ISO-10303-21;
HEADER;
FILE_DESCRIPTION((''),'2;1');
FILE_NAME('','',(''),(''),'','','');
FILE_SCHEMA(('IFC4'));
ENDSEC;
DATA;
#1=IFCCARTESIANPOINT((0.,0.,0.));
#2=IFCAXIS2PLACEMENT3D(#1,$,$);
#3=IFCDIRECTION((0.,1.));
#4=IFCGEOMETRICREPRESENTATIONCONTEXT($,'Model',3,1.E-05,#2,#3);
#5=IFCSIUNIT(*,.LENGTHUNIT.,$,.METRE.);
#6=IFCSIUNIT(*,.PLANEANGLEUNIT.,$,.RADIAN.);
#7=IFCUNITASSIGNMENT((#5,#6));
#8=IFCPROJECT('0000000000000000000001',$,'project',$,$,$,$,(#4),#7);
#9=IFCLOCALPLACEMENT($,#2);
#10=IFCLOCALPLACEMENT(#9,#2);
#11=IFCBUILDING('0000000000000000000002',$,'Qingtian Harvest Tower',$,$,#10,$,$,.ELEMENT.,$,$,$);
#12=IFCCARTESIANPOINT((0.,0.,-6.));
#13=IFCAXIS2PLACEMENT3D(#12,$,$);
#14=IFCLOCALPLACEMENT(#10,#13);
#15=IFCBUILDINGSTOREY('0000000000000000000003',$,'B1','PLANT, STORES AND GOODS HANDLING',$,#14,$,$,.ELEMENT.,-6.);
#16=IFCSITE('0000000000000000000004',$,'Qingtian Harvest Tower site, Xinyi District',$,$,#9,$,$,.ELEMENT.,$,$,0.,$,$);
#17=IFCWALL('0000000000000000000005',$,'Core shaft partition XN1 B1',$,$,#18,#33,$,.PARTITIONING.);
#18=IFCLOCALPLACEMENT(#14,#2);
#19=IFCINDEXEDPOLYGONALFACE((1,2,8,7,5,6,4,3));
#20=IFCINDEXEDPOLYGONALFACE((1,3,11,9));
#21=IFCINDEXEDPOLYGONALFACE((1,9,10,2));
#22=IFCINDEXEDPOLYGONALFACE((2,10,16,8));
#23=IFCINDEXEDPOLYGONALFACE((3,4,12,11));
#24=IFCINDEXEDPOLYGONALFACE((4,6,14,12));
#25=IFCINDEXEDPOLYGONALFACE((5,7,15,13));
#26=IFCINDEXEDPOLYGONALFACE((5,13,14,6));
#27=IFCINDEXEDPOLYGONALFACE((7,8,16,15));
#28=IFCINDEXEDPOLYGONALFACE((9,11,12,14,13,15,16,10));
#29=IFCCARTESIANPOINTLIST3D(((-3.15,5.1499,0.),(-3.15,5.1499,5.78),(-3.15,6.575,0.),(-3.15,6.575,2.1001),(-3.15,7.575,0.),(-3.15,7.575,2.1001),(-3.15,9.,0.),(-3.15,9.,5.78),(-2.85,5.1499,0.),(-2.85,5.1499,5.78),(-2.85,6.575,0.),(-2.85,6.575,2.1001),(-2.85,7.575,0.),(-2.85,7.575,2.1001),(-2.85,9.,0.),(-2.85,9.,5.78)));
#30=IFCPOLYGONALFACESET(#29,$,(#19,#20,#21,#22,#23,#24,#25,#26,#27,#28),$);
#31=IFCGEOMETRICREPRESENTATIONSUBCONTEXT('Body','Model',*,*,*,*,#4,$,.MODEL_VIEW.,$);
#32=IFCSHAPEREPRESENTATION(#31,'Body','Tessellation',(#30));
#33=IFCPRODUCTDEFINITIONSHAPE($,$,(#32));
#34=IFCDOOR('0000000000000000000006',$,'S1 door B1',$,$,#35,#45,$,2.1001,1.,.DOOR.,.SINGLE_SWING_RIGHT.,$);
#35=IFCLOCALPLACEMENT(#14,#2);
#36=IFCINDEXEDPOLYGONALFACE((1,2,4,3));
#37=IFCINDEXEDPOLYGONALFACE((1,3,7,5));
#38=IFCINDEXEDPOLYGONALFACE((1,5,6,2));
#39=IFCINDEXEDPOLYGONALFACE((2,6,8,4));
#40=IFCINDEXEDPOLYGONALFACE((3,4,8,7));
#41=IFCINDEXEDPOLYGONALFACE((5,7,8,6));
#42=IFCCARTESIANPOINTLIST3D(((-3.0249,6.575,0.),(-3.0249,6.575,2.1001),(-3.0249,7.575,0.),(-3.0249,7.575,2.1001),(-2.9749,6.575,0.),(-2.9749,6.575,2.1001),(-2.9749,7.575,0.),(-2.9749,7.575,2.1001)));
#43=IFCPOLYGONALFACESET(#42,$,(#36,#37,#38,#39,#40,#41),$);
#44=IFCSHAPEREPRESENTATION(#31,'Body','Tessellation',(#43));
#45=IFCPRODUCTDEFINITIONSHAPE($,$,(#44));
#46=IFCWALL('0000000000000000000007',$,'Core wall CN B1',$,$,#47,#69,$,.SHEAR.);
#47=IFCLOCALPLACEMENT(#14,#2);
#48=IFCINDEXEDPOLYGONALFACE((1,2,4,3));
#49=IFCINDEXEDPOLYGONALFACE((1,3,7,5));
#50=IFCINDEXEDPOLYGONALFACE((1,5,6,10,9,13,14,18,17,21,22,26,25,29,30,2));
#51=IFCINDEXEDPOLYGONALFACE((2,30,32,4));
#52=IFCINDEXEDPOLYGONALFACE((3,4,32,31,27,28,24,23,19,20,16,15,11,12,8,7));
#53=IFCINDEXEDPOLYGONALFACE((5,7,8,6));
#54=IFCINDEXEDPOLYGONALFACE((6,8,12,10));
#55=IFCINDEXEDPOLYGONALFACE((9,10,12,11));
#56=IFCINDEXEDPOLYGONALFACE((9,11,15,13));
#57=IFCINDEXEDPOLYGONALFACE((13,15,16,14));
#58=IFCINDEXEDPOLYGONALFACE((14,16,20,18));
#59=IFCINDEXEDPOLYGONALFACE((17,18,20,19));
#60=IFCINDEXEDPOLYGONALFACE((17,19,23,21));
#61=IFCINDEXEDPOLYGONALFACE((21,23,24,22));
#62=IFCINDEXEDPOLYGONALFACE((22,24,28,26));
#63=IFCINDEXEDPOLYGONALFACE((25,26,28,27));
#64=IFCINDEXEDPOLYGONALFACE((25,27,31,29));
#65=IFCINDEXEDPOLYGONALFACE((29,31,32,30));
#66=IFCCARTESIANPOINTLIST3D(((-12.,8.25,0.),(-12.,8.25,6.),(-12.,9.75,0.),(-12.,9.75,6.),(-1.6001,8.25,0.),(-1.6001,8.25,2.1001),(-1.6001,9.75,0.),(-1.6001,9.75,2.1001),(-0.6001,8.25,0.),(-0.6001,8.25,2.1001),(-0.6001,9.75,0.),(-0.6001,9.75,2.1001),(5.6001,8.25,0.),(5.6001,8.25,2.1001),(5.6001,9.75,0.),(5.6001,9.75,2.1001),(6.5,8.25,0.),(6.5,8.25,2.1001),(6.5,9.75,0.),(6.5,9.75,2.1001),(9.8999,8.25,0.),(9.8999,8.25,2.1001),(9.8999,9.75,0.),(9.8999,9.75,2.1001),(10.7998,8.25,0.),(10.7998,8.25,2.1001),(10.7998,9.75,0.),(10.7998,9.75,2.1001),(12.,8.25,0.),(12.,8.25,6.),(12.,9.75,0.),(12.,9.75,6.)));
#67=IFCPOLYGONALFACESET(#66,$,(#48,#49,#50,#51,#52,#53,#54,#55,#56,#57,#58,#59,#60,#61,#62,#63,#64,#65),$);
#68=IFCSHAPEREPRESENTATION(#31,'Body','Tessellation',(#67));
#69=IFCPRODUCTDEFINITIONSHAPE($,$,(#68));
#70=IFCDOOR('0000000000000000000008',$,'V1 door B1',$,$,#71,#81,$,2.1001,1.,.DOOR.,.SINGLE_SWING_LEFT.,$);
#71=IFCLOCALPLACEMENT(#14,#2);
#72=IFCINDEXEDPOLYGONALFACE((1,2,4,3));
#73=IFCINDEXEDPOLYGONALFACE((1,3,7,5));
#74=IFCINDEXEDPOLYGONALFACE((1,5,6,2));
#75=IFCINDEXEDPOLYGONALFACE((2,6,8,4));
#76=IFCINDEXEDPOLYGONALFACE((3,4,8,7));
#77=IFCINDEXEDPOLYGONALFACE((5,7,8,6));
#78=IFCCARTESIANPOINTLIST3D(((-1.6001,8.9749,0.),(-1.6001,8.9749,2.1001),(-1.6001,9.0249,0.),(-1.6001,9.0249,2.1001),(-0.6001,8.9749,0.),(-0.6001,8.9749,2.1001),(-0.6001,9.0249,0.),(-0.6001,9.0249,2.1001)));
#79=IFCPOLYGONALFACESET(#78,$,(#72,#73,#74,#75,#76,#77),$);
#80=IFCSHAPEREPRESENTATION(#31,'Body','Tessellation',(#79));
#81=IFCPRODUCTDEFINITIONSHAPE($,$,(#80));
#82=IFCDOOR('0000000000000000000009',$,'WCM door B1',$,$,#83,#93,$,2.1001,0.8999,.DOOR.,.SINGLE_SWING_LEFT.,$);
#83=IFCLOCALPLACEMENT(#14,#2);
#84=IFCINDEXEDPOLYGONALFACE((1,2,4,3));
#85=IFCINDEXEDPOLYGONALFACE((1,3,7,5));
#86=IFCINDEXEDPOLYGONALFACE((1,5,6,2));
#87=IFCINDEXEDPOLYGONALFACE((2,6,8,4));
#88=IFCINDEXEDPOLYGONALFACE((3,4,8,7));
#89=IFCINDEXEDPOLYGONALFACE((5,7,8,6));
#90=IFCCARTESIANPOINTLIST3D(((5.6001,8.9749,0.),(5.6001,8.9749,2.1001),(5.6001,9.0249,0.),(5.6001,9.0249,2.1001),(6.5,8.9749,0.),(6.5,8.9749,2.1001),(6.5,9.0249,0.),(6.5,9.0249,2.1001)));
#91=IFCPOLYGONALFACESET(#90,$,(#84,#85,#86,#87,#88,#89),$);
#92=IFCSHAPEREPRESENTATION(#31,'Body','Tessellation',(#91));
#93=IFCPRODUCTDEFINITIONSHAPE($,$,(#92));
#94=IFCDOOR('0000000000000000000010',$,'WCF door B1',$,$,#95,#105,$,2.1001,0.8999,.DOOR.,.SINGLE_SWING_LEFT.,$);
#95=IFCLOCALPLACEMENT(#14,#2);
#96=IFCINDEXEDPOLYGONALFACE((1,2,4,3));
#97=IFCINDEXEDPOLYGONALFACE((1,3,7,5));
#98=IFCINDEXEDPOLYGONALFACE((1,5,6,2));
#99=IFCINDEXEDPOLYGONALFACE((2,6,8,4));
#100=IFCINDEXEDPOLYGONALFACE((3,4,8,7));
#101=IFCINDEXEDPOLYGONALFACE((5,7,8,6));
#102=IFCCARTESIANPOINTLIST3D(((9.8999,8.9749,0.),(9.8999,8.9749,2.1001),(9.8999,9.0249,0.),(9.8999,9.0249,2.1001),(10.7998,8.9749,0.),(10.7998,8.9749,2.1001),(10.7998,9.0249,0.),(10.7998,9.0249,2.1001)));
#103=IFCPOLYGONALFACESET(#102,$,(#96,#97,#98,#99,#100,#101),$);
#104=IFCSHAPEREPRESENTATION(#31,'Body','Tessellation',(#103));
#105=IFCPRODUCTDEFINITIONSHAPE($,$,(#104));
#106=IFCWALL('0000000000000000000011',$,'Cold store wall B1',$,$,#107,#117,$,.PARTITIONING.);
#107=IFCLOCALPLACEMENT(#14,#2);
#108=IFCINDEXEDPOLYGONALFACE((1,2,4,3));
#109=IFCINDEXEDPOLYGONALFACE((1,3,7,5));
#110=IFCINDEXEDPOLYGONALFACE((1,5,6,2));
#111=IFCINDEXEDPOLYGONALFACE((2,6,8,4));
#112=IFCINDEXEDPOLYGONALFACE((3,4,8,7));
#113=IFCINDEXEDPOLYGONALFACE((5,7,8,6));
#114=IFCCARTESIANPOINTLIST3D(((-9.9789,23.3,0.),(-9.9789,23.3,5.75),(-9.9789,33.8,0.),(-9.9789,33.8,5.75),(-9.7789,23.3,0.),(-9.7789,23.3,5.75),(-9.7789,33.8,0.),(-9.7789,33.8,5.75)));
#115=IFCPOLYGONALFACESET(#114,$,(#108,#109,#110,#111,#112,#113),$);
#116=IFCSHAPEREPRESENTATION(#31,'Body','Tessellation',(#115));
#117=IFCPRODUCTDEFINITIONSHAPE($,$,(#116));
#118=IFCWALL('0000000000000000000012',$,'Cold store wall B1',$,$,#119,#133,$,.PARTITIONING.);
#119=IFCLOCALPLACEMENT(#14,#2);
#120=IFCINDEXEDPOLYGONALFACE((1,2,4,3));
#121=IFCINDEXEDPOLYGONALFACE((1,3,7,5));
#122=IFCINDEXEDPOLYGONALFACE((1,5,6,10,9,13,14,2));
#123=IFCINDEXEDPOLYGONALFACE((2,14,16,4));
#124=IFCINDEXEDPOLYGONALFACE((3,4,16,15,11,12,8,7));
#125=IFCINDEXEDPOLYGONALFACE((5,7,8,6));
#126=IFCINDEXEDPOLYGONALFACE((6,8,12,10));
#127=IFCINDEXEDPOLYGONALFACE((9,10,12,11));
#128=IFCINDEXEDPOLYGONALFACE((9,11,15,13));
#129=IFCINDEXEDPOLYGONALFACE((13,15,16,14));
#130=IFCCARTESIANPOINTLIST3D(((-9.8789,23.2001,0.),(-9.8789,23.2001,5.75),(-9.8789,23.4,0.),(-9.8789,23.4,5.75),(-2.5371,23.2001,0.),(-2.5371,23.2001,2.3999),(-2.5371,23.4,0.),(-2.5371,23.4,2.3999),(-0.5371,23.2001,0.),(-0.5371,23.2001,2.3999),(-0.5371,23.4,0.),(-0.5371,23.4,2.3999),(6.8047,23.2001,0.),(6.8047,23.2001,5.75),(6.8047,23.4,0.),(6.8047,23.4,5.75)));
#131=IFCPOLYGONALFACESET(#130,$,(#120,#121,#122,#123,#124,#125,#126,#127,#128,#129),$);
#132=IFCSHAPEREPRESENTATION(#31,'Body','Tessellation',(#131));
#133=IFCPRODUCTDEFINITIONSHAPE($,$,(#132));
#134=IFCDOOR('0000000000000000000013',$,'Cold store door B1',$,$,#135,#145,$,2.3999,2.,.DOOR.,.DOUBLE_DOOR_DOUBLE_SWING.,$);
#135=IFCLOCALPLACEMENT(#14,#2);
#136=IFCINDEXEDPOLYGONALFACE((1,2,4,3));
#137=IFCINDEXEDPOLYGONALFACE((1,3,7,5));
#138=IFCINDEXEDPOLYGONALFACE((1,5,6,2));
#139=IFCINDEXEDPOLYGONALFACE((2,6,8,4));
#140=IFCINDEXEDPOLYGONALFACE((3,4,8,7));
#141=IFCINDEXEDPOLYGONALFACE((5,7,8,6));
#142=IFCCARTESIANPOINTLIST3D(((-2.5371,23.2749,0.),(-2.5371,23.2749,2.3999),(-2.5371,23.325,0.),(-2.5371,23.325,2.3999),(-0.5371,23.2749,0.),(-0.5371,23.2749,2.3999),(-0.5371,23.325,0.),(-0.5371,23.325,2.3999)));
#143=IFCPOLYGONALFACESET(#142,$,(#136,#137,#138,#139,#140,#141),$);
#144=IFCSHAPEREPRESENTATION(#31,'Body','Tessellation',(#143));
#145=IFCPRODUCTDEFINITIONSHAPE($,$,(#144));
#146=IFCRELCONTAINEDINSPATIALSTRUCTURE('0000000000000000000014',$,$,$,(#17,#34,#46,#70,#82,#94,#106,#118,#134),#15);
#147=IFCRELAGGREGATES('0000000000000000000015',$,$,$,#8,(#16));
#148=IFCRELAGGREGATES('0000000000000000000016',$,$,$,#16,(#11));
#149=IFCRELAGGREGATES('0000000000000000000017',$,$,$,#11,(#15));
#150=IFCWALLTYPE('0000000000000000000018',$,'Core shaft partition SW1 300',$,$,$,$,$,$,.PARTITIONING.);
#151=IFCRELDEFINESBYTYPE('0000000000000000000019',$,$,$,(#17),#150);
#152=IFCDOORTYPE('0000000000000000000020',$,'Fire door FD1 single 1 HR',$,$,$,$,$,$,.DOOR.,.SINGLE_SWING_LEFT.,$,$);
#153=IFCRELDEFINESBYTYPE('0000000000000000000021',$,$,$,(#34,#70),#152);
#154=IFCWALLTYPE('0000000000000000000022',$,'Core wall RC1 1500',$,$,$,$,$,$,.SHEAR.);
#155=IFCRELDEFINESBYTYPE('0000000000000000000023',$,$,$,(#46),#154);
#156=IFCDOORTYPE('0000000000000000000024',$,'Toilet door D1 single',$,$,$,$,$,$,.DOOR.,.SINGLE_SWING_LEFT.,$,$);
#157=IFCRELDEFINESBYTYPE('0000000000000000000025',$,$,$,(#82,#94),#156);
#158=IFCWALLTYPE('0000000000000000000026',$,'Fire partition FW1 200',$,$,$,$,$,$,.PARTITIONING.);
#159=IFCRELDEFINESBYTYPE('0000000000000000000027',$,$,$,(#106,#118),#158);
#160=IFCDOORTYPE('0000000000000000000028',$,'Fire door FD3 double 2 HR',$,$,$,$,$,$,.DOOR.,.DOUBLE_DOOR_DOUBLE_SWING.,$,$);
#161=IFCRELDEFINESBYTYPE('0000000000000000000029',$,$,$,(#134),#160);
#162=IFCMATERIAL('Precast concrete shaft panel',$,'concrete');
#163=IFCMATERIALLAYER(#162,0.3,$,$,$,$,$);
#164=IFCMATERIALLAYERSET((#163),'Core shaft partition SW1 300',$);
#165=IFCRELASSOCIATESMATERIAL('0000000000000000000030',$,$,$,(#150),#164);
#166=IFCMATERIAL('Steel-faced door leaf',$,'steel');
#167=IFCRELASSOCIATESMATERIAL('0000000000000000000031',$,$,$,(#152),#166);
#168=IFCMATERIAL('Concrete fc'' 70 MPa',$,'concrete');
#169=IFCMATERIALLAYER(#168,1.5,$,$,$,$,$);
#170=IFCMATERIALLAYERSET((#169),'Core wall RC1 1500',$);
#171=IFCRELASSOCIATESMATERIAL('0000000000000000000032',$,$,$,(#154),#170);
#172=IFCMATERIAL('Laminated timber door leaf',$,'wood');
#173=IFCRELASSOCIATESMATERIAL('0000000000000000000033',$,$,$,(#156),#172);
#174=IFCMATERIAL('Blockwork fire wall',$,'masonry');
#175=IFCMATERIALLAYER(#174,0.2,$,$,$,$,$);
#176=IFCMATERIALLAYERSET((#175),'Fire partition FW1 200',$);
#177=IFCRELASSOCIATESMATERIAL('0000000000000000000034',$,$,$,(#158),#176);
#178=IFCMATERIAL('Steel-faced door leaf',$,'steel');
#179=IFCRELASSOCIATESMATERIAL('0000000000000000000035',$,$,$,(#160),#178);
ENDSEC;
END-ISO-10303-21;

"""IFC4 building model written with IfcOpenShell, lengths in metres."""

from ifc_helpers import new_model, si_unit, direction, frame, frame_2d, origin, place, context, subcontext, project, spatial, rectangle, extrude, material, layer, layer_set, type_object, element, fill, save


model = new_model("IFC4")

# Units and contexts
model_context = context("Model", 3, precision=1e-05, world=origin(), true_north=direction((0.0, 1.0)))
body_context = subcontext(model_context, "Body", "Model", "MODEL_VIEW")
ifc_project = project(units=[si_unit("LENGTHUNIT", "METRE"), si_unit("PLANEANGLEUNIT", "RADIAN")], contexts=[model_context])

# Site, building, storey
site_placement = place(None, origin())
site = spatial("IfcSite", under=ifc_project, at=site_placement, Name="Qingtian Harvest Tower site, Xinyi District", CompositionType="ELEMENT", RefElevation=0.0)
building_placement = place(site_placement, origin())
building = spatial("IfcBuilding", under=site, at=building_placement, Name="Qingtian Harvest Tower", CompositionType="ELEMENT")
storey_placement = place(building_placement, frame((0.0, 0.0, -6.0)))
storey = spatial("IfcBuildingStorey", under=building, at=storey_placement, Name="B1", Description="PLANT, STORES AND GOODS HANDLING", CompositionType="ELEMENT", Elevation=-6.0)

# Wall, opening, door
ifc_material_1 = material(Name="Precast concrete shaft panel", Category="concrete")
ifc_layer_1 = layer(ifc_material_1, 0.3)
ifc_layer_set_1 = layer_set([ifc_layer_1], Name="Core shaft partition SW1 300")
wall_type_1 = type_object("IfcWallType", Name="Core shaft partition SW1 300", PredefinedType="PARTITIONING", material=ifc_layer_set_1)
wall_1_placement = place(storey_placement, frame((-3.0, 5.1499, 0.0), z_axis=(0.0, 0.0, 1.0), x_axis=(0.0, 1.0, 0.0)))
wall_1 = element("IfcWall", 1, at=wall_1_placement, inside=storey, type_object=wall_type_1, Name="Core shaft partition XN1 B1", PredefinedType="PARTITIONING", context=body_context, shape_type="SweptSolid", body=[
    extrude(rectangle(XDim=3.8501, YDim=0.3, at=frame_2d((1.925, 0.0))), origin(), (0.0, 0.0, 1.0), 5.78),
])
opening_1_placement = place(wall_1_placement, frame((1.425, 0.0, 0.0)))
opening_1 = element("IfcOpeningElement", 2, at=opening_1_placement, cuts=wall_1, PredefinedType="OPENING", context=body_context, shape_type="SweptSolid", body=[
    extrude(rectangle(XDim=1.0, YDim=2.1001, at=frame_2d((0.5, 1.05))), frame((0.0, 0.1599, 0.0), z_axis=(0.0, -1.0, 0.0), x_axis=(1.0, 0.0, 0.0)), (0.0, 0.0, 1.0), 0.3201),
])
ifc_material_2 = material(Name="Steel-faced door leaf", Category="steel")
door_type_1 = type_object("IfcDoorType", Name="Fire door FD1 single 1 HR", OperationType="SINGLE_SWING_LEFT", PredefinedType="DOOR", material=ifc_material_2)
door_1_placement = place(opening_1_placement, origin())
door_1 = element("IfcDoor", 3, at=door_1_placement, inside=storey, type_object=door_type_1, Name="S1 door B1", OperationType="SINGLE_SWING_RIGHT", OverallHeight=2.1001, OverallWidth=1.0, PredefinedType="DOOR", context=body_context, shape_type="SweptSolid", body=[
    extrude(rectangle(XDim=1.0, YDim=2.1001, at=frame_2d((0.5, 1.05))), frame((0.0, 0.0249, 0.0), z_axis=(0.0, -1.0, 0.0), x_axis=(1.0, 0.0, 0.0)), (0.0, 0.0, 1.0), 0.05),
])
fill(opening_1, door_1)

# Wall, openings, doors
ifc_material_3 = material(Name="Concrete fc' 70 MPa", Category="concrete")
ifc_layer_2 = layer(ifc_material_3, 1.5)
ifc_layer_set_2 = layer_set([ifc_layer_2], Name="Core wall RC1 1500")
wall_type_2 = type_object("IfcWallType", Name="Core wall RC1 1500", PredefinedType="SHEAR", material=ifc_layer_set_2)
wall_2_placement = place(storey_placement, frame((-12.0, 9.0, 0.0), z_axis=(0.0, 0.0, 1.0), x_axis=(1.0, 0.0, 0.0)))
wall_2 = element("IfcWall", 4, at=wall_2_placement, inside=storey, type_object=wall_type_2, Name="Core wall CN B1", PredefinedType="SHEAR", context=body_context, shape_type="SweptSolid", body=[
    extrude(rectangle(XDim=24.0, YDim=1.5, at=frame_2d((12.0, 0.0))), origin(), (0.0, 0.0, 1.0), 6.0),
])
opening_2_placement = place(wall_2_placement, frame((10.3999, 0.0, 0.0)))
opening_2 = element("IfcOpeningElement", 5, at=opening_2_placement, cuts=wall_2, PredefinedType="OPENING", context=body_context, shape_type="SweptSolid", body=[
    extrude(rectangle(XDim=1.0, YDim=2.1001, at=frame_2d((0.5, 1.05))), frame((0.0, 0.76, 0.0), z_axis=(0.0, -1.0, 0.0), x_axis=(1.0, 0.0, 0.0)), (0.0, 0.0, 1.0), 1.52),
])
opening_3_placement = place(wall_2_placement, frame((17.6001, 0.0, 0.0)))
opening_3 = element("IfcOpeningElement", 6, at=opening_3_placement, cuts=wall_2, PredefinedType="OPENING", context=body_context, shape_type="SweptSolid", body=[
    extrude(rectangle(XDim=0.8999, YDim=2.1001, at=frame_2d((0.45, 1.05))), frame((0.0, 0.76, 0.0), z_axis=(0.0, -1.0, 0.0), x_axis=(1.0, 0.0, 0.0)), (0.0, 0.0, 1.0), 1.52),
])
opening_4_placement = place(wall_2_placement, frame((21.8999, 0.0, 0.0)))
opening_4 = element("IfcOpeningElement", 7, at=opening_4_placement, cuts=wall_2, PredefinedType="OPENING", context=body_context, shape_type="SweptSolid", body=[
    extrude(rectangle(XDim=0.8999, YDim=2.1001, at=frame_2d((0.45, 1.05))), frame((0.0, 0.76, 0.0), z_axis=(0.0, -1.0, 0.0), x_axis=(1.0, 0.0, 0.0)), (0.0, 0.0, 1.0), 1.52),
])
door_2_placement = place(opening_2_placement, origin())
door_2 = element("IfcDoor", 8, at=door_2_placement, inside=storey, type_object=door_type_1, Name="V1 door B1", OperationType="SINGLE_SWING_LEFT", OverallHeight=2.1001, OverallWidth=1.0, PredefinedType="DOOR", context=body_context, shape_type="SweptSolid", body=[
    extrude(rectangle(XDim=1.0, YDim=2.1001, at=frame_2d((0.5, 1.05))), frame((0.0, 0.0249, 0.0), z_axis=(0.0, -1.0, 0.0), x_axis=(1.0, 0.0, 0.0)), (0.0, 0.0, 1.0), 0.05),
])
fill(opening_2, door_2)
ifc_material_4 = material(Name="Laminated timber door leaf", Category="wood")
door_type_2 = type_object("IfcDoorType", Name="Toilet door D1 single", OperationType="SINGLE_SWING_LEFT", PredefinedType="DOOR", material=ifc_material_4)
door_3_placement = place(opening_3_placement, origin())
door_3 = element("IfcDoor", 9, at=door_3_placement, inside=storey, type_object=door_type_2, Name="WCM door B1", OperationType="SINGLE_SWING_LEFT", OverallHeight=2.1001, OverallWidth=0.8999, PredefinedType="DOOR", context=body_context, shape_type="SweptSolid", body=[
    extrude(rectangle(XDim=0.8999, YDim=2.1001, at=frame_2d((0.45, 1.05))), frame((0.0, 0.0249, 0.0), z_axis=(0.0, -1.0, 0.0), x_axis=(1.0, 0.0, 0.0)), (0.0, 0.0, 1.0), 0.05),
])
fill(opening_3, door_3)
door_4_placement = place(opening_4_placement, origin())
door_4 = element("IfcDoor", 10, at=door_4_placement, inside=storey, type_object=door_type_2, Name="WCF door B1", OperationType="SINGLE_SWING_LEFT", OverallHeight=2.1001, OverallWidth=0.8999, PredefinedType="DOOR", context=body_context, shape_type="SweptSolid", body=[
    extrude(rectangle(XDim=0.8999, YDim=2.1001, at=frame_2d((0.45, 1.05))), frame((0.0, 0.0249, 0.0), z_axis=(0.0, -1.0, 0.0), x_axis=(1.0, 0.0, 0.0)), (0.0, 0.0, 1.0), 0.05),
])
fill(opening_4, door_4)

# Wall
ifc_material_5 = material(Name="Blockwork fire wall", Category="masonry")
ifc_layer_3 = layer(ifc_material_5, 0.2)
ifc_layer_set_3 = layer_set([ifc_layer_3], Name="Fire partition FW1 200")
wall_type_3 = type_object("IfcWallType", Name="Fire partition FW1 200", PredefinedType="PARTITIONING", material=ifc_layer_set_3)
wall_3_placement = place(storey_placement, frame((-9.8789, 33.8, 0.0), z_axis=(0.0, 0.0, 1.0), x_axis=(0.0, -1.0, 0.0)))
element("IfcWall", 11, at=wall_3_placement, inside=storey, type_object=wall_type_3, Name="Cold store wall B1", PredefinedType="PARTITIONING", context=body_context, shape_type="SweptSolid", body=[
    extrude(rectangle(XDim=10.5, YDim=0.2, at=frame_2d((5.25, 0.0))), origin(), (0.0, 0.0, 1.0), 5.75),
])

# Wall, opening, door
wall_4_placement = place(storey_placement, frame((-9.8789, 23.3, 0.0), z_axis=(0.0, 0.0, 1.0), x_axis=(1.0, 0.0, 0.0)))
wall_4 = element("IfcWall", 12, at=wall_4_placement, inside=storey, type_object=wall_type_3, Name="Cold store wall B1", PredefinedType="PARTITIONING", context=body_context, shape_type="SweptSolid", body=[
    extrude(rectangle(XDim=16.6836, YDim=0.2, at=frame_2d((8.3418, 0.0))), origin(), (0.0, 0.0, 1.0), 5.75),
])
opening_5_placement = place(wall_4_placement, frame((7.3418, 0.0, 0.0)))
opening_5 = element("IfcOpeningElement", 13, at=opening_5_placement, cuts=wall_4, PredefinedType="OPENING", context=body_context, shape_type="SweptSolid", body=[
    extrude(rectangle(XDim=2.0, YDim=2.3999, at=frame_2d((1.0, 1.2))), frame((0.0, 0.1099, 0.0), z_axis=(0.0, -1.0, 0.0), x_axis=(1.0, 0.0, 0.0)), (0.0, 0.0, 1.0), 0.22),
])
ifc_material_6 = material(Name="Steel-faced door leaf", Category="steel")
door_type_3 = type_object("IfcDoorType", Name="Fire door FD3 double 2 HR", OperationType="DOUBLE_DOOR_DOUBLE_SWING", PredefinedType="DOOR", material=ifc_material_6)
door_5_placement = place(opening_5_placement, origin())
door_5 = element("IfcDoor", 14, at=door_5_placement, inside=storey, type_object=door_type_3, Name="Cold store door B1", OperationType="DOUBLE_DOOR_DOUBLE_SWING", OverallHeight=2.3999, OverallWidth=2.0, PredefinedType="DOOR", context=body_context, shape_type="SweptSolid", body=[
    extrude(rectangle(XDim=2.0, YDim=2.3999, at=frame_2d((1.0, 1.2))), frame((0.0, 0.0249, 0.0), z_axis=(0.0, -1.0, 0.0), x_axis=(1.0, 0.0, 0.0)), (0.0, 0.0, 1.0), 0.05),
])
fill(opening_5, door_5)

save(model, "model.ifc")
